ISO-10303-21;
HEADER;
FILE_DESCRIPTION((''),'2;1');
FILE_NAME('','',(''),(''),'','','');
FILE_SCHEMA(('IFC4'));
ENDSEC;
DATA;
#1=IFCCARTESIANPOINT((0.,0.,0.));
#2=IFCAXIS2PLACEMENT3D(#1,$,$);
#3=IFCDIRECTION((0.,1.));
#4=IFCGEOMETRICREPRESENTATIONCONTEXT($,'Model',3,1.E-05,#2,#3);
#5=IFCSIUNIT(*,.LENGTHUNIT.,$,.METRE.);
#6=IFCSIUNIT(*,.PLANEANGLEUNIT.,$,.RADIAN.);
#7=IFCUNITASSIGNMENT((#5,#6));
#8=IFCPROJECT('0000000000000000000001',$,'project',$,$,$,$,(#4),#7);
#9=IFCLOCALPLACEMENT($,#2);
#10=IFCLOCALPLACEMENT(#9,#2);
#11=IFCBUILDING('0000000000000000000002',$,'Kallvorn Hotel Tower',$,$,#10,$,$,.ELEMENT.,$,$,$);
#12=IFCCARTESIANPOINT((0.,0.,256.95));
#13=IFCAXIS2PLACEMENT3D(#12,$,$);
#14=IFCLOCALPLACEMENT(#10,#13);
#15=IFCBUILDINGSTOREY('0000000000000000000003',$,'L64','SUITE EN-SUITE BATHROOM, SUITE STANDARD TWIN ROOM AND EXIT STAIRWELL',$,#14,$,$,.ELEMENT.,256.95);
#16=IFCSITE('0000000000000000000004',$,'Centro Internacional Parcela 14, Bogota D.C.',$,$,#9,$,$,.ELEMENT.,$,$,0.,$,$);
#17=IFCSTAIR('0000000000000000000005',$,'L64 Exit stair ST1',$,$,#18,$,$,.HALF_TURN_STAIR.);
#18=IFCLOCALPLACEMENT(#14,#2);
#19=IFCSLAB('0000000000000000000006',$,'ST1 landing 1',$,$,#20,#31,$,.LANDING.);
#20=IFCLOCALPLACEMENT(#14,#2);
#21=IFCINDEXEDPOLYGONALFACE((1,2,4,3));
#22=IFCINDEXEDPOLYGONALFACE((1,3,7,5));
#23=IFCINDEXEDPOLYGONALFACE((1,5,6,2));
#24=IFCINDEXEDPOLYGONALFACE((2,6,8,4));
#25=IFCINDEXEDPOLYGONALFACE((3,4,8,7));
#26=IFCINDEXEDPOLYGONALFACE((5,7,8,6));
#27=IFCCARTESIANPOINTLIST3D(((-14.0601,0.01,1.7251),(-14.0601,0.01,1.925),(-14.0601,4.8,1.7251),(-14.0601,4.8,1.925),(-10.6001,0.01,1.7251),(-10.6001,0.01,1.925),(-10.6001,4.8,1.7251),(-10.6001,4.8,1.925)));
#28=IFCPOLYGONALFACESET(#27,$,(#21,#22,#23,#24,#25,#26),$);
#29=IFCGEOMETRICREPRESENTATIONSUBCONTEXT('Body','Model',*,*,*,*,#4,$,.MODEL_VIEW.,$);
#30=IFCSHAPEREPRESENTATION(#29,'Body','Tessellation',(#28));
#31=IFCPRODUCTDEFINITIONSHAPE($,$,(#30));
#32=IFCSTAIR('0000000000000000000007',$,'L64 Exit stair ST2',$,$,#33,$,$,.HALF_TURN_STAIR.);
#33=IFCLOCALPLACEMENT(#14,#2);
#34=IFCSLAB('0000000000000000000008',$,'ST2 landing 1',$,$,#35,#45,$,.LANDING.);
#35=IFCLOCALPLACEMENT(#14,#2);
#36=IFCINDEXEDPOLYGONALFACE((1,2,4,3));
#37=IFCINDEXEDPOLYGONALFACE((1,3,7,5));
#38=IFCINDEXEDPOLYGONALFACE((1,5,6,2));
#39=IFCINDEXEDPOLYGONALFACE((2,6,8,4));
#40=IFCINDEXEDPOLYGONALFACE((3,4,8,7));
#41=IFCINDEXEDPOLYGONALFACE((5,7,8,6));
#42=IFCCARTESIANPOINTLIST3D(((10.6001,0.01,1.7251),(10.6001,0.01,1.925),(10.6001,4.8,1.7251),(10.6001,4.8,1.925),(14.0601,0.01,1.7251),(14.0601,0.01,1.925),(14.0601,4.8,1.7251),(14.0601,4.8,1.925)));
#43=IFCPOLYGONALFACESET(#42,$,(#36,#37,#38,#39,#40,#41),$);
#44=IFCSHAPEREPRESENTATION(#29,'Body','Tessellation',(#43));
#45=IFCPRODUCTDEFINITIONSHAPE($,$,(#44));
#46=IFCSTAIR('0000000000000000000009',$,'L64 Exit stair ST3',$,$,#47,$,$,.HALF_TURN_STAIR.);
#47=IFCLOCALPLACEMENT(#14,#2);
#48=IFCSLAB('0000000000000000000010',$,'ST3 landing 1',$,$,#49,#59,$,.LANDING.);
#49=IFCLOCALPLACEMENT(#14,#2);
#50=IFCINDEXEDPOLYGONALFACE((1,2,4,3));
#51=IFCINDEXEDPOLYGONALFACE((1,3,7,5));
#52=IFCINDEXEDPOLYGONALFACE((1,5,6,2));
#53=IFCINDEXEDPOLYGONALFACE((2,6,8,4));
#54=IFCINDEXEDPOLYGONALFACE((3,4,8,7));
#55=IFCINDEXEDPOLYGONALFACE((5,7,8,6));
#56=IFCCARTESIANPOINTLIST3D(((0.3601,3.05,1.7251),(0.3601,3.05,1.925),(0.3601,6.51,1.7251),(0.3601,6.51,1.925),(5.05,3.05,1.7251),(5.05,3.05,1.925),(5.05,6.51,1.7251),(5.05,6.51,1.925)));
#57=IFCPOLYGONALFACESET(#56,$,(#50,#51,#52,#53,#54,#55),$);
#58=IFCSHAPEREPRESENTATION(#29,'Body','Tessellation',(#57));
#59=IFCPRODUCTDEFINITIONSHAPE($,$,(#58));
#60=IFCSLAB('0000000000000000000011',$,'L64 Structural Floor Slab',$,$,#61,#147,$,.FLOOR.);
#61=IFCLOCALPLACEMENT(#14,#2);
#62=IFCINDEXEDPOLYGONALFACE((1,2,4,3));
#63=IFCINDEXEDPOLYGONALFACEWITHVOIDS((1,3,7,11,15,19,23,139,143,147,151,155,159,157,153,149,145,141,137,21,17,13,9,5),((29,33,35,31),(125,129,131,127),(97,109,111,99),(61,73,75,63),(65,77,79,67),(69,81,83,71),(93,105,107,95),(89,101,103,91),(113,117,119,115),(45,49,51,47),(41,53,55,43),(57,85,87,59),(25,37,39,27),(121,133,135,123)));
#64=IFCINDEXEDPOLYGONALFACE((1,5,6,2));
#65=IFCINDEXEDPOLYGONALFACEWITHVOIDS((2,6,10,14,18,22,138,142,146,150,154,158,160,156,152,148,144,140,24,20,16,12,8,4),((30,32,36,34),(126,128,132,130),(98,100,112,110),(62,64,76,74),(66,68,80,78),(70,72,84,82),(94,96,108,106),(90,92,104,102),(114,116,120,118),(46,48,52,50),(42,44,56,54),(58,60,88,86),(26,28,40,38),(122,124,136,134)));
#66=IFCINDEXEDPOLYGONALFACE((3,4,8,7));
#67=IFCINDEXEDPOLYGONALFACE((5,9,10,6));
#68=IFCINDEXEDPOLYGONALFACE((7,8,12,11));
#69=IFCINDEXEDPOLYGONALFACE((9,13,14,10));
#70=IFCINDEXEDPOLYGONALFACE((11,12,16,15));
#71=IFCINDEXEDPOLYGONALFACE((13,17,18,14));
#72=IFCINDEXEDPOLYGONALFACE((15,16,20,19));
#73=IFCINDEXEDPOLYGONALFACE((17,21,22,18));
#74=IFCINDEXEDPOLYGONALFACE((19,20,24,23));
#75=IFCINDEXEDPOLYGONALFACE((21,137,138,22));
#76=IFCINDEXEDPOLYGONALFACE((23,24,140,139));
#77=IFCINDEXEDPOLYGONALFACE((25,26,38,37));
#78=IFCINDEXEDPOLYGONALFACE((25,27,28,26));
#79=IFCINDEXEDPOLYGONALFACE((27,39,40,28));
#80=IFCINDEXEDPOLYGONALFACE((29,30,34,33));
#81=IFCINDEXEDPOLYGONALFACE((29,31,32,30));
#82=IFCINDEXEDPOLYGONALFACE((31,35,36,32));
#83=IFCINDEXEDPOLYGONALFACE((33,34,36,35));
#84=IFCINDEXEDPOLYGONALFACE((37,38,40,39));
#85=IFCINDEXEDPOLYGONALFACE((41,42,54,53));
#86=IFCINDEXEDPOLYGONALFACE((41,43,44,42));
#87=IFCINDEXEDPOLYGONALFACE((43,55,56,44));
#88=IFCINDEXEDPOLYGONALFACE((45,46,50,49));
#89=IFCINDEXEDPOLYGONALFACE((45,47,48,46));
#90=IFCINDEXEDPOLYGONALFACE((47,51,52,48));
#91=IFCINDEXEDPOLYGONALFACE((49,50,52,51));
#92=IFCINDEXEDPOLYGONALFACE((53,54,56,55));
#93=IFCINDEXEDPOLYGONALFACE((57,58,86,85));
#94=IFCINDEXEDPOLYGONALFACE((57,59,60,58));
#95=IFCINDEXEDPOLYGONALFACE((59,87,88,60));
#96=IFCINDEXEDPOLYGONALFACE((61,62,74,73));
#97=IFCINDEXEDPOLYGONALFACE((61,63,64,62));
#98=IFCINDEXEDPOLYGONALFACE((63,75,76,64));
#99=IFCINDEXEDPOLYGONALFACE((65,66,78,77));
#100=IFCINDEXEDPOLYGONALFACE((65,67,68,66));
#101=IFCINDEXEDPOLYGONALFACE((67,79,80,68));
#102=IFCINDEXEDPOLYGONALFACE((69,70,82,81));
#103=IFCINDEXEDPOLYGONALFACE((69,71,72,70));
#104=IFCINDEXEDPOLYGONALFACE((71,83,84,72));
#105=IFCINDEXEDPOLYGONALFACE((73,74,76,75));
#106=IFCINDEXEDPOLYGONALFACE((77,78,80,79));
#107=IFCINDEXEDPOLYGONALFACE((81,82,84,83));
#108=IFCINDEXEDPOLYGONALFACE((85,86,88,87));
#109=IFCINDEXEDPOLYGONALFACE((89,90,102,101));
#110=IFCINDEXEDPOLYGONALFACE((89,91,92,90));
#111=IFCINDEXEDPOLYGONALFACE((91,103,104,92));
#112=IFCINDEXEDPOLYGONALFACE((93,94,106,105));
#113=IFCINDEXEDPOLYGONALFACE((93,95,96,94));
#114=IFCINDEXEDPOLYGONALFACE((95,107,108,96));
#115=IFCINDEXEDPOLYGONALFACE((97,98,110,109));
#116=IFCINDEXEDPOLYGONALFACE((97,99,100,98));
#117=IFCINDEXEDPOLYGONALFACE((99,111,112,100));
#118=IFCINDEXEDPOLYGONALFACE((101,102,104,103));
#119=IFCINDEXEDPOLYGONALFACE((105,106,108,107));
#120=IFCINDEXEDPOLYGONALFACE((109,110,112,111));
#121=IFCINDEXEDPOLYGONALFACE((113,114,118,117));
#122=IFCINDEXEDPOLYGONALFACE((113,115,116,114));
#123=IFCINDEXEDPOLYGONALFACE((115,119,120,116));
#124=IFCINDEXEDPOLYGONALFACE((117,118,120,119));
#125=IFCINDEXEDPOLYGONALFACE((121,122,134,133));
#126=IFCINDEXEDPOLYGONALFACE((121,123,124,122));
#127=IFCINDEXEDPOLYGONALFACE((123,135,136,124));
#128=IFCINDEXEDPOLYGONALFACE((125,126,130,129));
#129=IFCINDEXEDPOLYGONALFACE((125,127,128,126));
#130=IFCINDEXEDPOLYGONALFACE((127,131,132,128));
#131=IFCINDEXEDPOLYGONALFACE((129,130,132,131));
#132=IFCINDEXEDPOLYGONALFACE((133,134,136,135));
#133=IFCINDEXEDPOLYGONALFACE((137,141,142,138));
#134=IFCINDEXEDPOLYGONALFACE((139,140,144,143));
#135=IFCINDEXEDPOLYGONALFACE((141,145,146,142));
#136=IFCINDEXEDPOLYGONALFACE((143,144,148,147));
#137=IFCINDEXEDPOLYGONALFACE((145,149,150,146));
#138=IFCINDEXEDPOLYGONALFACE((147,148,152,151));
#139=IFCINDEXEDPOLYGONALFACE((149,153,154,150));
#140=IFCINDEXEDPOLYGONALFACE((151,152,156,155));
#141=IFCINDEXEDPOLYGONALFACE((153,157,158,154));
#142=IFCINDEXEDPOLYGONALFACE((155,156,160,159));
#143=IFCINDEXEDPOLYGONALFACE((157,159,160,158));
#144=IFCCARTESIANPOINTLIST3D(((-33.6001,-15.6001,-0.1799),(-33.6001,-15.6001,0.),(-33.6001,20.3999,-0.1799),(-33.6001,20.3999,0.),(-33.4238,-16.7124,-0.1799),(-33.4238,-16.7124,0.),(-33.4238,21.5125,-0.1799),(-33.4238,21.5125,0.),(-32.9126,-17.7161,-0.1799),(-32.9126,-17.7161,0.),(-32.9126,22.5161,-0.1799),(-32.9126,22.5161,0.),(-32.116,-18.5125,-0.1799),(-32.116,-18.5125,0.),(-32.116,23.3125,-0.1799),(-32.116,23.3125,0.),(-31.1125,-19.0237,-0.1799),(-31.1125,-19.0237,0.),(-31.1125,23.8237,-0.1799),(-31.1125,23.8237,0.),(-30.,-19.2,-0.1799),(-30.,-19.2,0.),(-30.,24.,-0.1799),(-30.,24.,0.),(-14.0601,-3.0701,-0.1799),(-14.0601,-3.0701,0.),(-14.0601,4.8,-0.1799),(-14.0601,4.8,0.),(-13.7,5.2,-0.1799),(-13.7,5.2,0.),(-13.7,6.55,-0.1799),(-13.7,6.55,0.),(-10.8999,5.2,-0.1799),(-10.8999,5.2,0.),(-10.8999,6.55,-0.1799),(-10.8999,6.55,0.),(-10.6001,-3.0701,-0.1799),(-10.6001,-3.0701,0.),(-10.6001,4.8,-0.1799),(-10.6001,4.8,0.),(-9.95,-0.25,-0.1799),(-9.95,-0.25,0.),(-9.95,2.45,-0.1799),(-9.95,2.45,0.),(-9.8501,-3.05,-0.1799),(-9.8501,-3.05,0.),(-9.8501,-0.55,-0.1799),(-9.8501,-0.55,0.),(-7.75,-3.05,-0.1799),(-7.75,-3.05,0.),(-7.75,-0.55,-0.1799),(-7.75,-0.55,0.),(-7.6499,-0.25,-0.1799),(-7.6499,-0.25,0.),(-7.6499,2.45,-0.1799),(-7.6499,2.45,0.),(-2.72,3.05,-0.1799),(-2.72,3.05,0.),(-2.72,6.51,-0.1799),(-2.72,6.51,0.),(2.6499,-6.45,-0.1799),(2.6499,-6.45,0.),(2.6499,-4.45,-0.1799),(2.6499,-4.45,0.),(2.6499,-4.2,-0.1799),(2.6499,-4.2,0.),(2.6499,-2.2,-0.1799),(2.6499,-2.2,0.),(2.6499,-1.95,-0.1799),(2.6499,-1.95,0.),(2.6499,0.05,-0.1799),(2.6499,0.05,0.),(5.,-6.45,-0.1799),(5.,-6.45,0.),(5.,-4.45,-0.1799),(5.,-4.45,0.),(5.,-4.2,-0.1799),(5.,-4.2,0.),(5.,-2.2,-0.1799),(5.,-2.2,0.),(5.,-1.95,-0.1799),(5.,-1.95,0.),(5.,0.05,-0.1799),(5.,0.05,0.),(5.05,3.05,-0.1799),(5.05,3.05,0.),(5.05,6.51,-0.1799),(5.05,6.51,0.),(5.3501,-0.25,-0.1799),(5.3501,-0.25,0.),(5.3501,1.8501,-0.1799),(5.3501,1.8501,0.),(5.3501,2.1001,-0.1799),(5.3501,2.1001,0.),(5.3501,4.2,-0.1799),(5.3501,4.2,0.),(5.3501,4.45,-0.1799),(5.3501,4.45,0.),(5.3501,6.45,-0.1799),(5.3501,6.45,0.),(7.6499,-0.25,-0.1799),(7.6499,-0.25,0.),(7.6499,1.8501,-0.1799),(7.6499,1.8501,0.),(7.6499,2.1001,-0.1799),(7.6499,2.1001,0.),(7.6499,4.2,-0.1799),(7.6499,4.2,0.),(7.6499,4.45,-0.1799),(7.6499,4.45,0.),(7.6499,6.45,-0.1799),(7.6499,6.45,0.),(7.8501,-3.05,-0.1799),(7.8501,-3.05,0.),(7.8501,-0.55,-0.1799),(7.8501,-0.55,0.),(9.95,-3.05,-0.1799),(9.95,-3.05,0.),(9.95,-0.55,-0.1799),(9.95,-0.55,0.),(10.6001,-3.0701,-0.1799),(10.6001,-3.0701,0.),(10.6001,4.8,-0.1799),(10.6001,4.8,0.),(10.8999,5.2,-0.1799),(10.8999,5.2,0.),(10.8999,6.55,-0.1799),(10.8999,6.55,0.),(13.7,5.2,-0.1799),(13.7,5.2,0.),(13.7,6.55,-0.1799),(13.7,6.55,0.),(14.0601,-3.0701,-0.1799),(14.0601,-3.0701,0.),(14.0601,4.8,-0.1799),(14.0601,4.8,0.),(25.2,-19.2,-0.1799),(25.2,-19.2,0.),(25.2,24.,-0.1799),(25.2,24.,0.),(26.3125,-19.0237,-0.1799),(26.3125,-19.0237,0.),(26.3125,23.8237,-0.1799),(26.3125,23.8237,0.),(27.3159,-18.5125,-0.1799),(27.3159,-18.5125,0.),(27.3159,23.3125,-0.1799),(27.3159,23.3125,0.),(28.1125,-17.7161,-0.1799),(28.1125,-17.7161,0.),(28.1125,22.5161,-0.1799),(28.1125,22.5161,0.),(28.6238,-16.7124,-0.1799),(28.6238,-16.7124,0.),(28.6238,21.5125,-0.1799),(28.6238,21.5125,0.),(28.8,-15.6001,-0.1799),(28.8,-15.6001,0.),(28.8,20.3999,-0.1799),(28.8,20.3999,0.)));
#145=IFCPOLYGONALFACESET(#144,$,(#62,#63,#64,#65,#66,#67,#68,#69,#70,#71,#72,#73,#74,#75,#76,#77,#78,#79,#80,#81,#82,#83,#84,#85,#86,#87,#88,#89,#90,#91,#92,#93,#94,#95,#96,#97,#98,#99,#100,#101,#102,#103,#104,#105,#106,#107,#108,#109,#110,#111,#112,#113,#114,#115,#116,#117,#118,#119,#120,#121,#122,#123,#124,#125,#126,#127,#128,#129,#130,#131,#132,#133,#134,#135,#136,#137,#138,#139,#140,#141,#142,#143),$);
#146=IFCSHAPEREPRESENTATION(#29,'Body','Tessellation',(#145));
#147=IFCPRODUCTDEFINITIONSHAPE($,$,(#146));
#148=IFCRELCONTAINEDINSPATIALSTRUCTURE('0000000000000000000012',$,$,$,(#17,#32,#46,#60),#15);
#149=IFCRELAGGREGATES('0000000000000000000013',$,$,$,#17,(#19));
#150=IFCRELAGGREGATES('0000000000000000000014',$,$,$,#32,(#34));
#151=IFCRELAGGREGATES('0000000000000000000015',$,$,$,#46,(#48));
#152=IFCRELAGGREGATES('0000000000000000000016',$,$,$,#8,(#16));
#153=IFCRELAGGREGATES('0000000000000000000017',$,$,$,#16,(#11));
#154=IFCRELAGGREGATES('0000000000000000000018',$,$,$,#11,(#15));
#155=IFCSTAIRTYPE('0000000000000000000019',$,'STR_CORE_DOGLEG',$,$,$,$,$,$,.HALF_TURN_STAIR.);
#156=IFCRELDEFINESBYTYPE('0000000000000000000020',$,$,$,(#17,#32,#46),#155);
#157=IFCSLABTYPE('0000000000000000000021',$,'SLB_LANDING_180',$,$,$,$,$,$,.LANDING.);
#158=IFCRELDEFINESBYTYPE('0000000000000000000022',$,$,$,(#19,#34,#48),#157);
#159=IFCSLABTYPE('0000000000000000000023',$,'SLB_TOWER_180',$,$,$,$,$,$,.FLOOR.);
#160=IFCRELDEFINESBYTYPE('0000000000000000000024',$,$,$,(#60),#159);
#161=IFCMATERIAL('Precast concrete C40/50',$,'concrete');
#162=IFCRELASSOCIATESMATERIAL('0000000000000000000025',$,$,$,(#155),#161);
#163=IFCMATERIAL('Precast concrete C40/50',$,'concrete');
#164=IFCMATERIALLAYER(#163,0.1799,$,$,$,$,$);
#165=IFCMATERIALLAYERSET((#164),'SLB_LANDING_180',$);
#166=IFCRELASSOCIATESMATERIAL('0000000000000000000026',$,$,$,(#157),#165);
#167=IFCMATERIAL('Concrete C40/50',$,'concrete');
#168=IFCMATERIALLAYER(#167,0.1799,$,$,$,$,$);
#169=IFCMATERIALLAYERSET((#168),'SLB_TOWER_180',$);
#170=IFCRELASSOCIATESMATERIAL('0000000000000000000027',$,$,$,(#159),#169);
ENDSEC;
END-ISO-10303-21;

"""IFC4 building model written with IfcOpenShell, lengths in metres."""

from ifc_helpers import new_model, si_unit, direction, frame, origin, place, context, subcontext, project, spatial, polyline, outline, extrude, material, layer, layer_set, type_object, element, aggregate, save


model = new_model("IFC4")

# Units and contexts
model_context = context("Model", 3, precision=1e-05, world=origin(), true_north=direction((0.0, 1.0)))
body_context = subcontext(model_context, "Body", "Model", "MODEL_VIEW")
ifc_project = project(units=[si_unit("LENGTHUNIT", "METRE"), si_unit("PLANEANGLEUNIT", "RADIAN")], contexts=[model_context])

# Site, building, storey
site_placement = place(None, origin())
site = spatial("IfcSite", under=ifc_project, at=site_placement, Name="Centro Internacional Parcela 14, Bogota D.C.", CompositionType="ELEMENT", RefElevation=0.0)
building_placement = place(site_placement, origin())
building = spatial("IfcBuilding", under=site, at=building_placement, Name="Kallvorn Hotel Tower", CompositionType="ELEMENT")
storey_placement = place(building_placement, frame((0.0, 0.0, 256.95)))
storey = spatial("IfcBuildingStorey", under=building, at=storey_placement, Name="L64", Description="SUITE EN-SUITE BATHROOM, SUITE STANDARD TWIN ROOM AND EXIT STAIRWELL", CompositionType="ELEMENT", Elevation=256.95)

# Stairs, slabs
ifc_material_1 = material(Name="Precast concrete C40/50", Category="concrete")
stair_type = type_object("IfcStairType", Name="STR_CORE_DOGLEG", PredefinedType="HALF_TURN_STAIR", material=ifc_material_1)
stair_1_placement = place(storey_placement, origin())
stair_1 = element("IfcStair", 1, at=stair_1_placement, inside=storey, type_object=stair_type, Name="L64 Exit stair ST1", PredefinedType="HALF_TURN_STAIR")
ifc_material_2 = material(Name="Precast concrete C40/50", Category="concrete")
ifc_layer_1 = layer(ifc_material_2, 0.1799)
ifc_layer_set_1 = layer_set([ifc_layer_1], Name="SLB_LANDING_180")
slab_type_1 = type_object("IfcSlabType", Name="SLB_LANDING_180", PredefinedType="LANDING", material=ifc_layer_set_1)
slab_1_placement = place(storey_placement, frame((0.0, 0.0, 1.7251)))
slab_1 = element("IfcSlab", 2, at=slab_1_placement, type_object=slab_type_1, Name="ST1 landing 1", PredefinedType="LANDING", context=body_context, shape_type="SweptSolid", body=[
    extrude(outline(polyline([(-10.6001, 0.01), (-10.6001, 4.8), (-14.0601, 4.8), (-14.0601, 0.01), (-10.6001, 0.01)])), origin(), (0.0, 0.0, 1.0), 0.2),
])
aggregate(stair_1, [slab_1])
stair_2_placement = place(storey_placement, origin())
stair_2 = element("IfcStair", 3, at=stair_2_placement, inside=storey, type_object=stair_type, Name="L64 Exit stair ST2", PredefinedType="HALF_TURN_STAIR")
slab_2_placement = place(storey_placement, frame((0.0, 0.0, 1.7251)))
slab_2 = element("IfcSlab", 4, at=slab_2_placement, type_object=slab_type_1, Name="ST2 landing 1", PredefinedType="LANDING", context=body_context, shape_type="SweptSolid", body=[
    extrude(outline(polyline([(14.0601, 0.01), (14.0601, 4.8), (10.6001, 4.8), (10.6001, 0.01), (14.0601, 0.01)])), origin(), (0.0, 0.0, 1.0), 0.2),
])
aggregate(stair_2, [slab_2])
stair_3_placement = place(storey_placement, origin())
stair_3 = element("IfcStair", 5, at=stair_3_placement, inside=storey, type_object=stair_type, Name="L64 Exit stair ST3", PredefinedType="HALF_TURN_STAIR")
slab_3_placement = place(storey_placement, frame((0.0, 0.0, 1.7251)))
slab_3 = element("IfcSlab", 6, at=slab_3_placement, type_object=slab_type_1, Name="ST3 landing 1", PredefinedType="LANDING", context=body_context, shape_type="SweptSolid", body=[
    extrude(outline(polyline([(0.3601, 3.05), (5.05, 3.05), (5.05, 6.51), (0.3601, 6.51), (0.3601, 3.05)])), origin(), (0.0, 0.0, 1.0), 0.2),
])
aggregate(stair_3, [slab_3])

# Slab
ifc_material_3 = material(Name="Concrete C40/50", Category="concrete")
ifc_layer_2 = layer(ifc_material_3, 0.1799)
ifc_layer_set_2 = layer_set([ifc_layer_2], Name="SLB_TOWER_180")
slab_type_2 = type_object("IfcSlabType", Name="SLB_TOWER_180", PredefinedType="FLOOR", material=ifc_layer_set_2)
slab_4_placement = place(storey_placement, frame((0.0, 0.0, -0.1799)))
element("IfcSlab", 7, at=slab_4_placement, inside=storey, type_object=slab_type_2, Name="L64 Structural Floor Slab", PredefinedType="FLOOR", context=body_context, shape_type="SweptSolid", body=[
    extrude(outline(polyline([(25.2, -19.2), (26.3125, -19.0237), (27.3159, -18.5125), (28.1125, -17.7161), (28.6238, -16.7124), (28.8, -15.6001), (28.8, 20.3999), (28.6238, 21.5125), (28.1125, 22.5161), (27.3159, 23.3125), (26.3125, 23.8237), (25.2, 24.0), (-30.0, 24.0), (-31.1125, 23.8237), (-32.116, 23.3125), (-32.9126, 22.5161), (-33.4238, 21.5125), (-33.6001, 20.3999), (-33.6001, -15.6001), (-33.4238, -16.7124), (-32.9126, -17.7161), (-32.116, -18.5125), (-31.1125, -19.0237), (-30.0, -19.2), (25.2, -19.2)]), holes=[polyline([(-10.6001, -3.0701), (-10.6001, 4.8), (-14.0601, 4.8), (-14.0601, -3.0701), (-10.6001, -3.0701)]), polyline([(14.0601, -3.0701), (14.0601, 4.8), (10.6001, 4.8), (10.6001, -3.0701), (14.0601, -3.0701)]), polyline([(-2.72, 3.05), (5.05, 3.05), (5.05, 6.51), (-2.72, 6.51), (-2.72, 3.05)]), polyline([(2.6499, -6.45), (5.0, -6.45), (5.0, -4.45), (2.6499, -4.45), (2.6499, -6.45)]), polyline([(2.6499, -4.2), (5.0, -4.2), (5.0, -2.2), (2.6499, -2.2), (2.6499, -4.2)]), polyline([(2.6499, -1.95), (5.0, -1.95), (5.0, 0.05), (2.6499, 0.05), (2.6499, -1.95)]), polyline([(5.3501, -0.25), (7.6499, -0.25), (7.6499, 1.8501), (5.3501, 1.8501), (5.3501, -0.25)]), polyline([(5.3501, 2.1001), (7.6499, 2.1001), (7.6499, 4.2), (5.3501, 4.2), (5.3501, 2.1001)]), polyline([(5.3501, 4.45), (7.6499, 4.45), (7.6499, 6.45), (5.3501, 6.45), (5.3501, 4.45)]), polyline([(-9.8501, -3.05), (-7.75, -3.05), (-7.75, -0.55), (-9.8501, -0.55), (-9.8501, -3.05)]), polyline([(7.8501, -3.05), (9.95, -3.05), (9.95, -0.55), (7.8501, -0.55), (7.8501, -3.05)]), polyline([(-9.95, -0.25), (-7.6499, -0.25), (-7.6499, 2.45), (-9.95, 2.45), (-9.95, -0.25)]), polyline([(-13.7, 5.2), (-10.8999, 5.2), (-10.8999, 6.55), (-13.7, 6.55), (-13.7, 5.2)]), polyline([(10.8999, 5.2), (13.7, 5.2), (13.7, 6.55), (10.8999, 6.55), (10.8999, 5.2)])]), origin(), (0.0, 0.0, 1.0), 0.1799),
])

save(model, "model.ifc")
